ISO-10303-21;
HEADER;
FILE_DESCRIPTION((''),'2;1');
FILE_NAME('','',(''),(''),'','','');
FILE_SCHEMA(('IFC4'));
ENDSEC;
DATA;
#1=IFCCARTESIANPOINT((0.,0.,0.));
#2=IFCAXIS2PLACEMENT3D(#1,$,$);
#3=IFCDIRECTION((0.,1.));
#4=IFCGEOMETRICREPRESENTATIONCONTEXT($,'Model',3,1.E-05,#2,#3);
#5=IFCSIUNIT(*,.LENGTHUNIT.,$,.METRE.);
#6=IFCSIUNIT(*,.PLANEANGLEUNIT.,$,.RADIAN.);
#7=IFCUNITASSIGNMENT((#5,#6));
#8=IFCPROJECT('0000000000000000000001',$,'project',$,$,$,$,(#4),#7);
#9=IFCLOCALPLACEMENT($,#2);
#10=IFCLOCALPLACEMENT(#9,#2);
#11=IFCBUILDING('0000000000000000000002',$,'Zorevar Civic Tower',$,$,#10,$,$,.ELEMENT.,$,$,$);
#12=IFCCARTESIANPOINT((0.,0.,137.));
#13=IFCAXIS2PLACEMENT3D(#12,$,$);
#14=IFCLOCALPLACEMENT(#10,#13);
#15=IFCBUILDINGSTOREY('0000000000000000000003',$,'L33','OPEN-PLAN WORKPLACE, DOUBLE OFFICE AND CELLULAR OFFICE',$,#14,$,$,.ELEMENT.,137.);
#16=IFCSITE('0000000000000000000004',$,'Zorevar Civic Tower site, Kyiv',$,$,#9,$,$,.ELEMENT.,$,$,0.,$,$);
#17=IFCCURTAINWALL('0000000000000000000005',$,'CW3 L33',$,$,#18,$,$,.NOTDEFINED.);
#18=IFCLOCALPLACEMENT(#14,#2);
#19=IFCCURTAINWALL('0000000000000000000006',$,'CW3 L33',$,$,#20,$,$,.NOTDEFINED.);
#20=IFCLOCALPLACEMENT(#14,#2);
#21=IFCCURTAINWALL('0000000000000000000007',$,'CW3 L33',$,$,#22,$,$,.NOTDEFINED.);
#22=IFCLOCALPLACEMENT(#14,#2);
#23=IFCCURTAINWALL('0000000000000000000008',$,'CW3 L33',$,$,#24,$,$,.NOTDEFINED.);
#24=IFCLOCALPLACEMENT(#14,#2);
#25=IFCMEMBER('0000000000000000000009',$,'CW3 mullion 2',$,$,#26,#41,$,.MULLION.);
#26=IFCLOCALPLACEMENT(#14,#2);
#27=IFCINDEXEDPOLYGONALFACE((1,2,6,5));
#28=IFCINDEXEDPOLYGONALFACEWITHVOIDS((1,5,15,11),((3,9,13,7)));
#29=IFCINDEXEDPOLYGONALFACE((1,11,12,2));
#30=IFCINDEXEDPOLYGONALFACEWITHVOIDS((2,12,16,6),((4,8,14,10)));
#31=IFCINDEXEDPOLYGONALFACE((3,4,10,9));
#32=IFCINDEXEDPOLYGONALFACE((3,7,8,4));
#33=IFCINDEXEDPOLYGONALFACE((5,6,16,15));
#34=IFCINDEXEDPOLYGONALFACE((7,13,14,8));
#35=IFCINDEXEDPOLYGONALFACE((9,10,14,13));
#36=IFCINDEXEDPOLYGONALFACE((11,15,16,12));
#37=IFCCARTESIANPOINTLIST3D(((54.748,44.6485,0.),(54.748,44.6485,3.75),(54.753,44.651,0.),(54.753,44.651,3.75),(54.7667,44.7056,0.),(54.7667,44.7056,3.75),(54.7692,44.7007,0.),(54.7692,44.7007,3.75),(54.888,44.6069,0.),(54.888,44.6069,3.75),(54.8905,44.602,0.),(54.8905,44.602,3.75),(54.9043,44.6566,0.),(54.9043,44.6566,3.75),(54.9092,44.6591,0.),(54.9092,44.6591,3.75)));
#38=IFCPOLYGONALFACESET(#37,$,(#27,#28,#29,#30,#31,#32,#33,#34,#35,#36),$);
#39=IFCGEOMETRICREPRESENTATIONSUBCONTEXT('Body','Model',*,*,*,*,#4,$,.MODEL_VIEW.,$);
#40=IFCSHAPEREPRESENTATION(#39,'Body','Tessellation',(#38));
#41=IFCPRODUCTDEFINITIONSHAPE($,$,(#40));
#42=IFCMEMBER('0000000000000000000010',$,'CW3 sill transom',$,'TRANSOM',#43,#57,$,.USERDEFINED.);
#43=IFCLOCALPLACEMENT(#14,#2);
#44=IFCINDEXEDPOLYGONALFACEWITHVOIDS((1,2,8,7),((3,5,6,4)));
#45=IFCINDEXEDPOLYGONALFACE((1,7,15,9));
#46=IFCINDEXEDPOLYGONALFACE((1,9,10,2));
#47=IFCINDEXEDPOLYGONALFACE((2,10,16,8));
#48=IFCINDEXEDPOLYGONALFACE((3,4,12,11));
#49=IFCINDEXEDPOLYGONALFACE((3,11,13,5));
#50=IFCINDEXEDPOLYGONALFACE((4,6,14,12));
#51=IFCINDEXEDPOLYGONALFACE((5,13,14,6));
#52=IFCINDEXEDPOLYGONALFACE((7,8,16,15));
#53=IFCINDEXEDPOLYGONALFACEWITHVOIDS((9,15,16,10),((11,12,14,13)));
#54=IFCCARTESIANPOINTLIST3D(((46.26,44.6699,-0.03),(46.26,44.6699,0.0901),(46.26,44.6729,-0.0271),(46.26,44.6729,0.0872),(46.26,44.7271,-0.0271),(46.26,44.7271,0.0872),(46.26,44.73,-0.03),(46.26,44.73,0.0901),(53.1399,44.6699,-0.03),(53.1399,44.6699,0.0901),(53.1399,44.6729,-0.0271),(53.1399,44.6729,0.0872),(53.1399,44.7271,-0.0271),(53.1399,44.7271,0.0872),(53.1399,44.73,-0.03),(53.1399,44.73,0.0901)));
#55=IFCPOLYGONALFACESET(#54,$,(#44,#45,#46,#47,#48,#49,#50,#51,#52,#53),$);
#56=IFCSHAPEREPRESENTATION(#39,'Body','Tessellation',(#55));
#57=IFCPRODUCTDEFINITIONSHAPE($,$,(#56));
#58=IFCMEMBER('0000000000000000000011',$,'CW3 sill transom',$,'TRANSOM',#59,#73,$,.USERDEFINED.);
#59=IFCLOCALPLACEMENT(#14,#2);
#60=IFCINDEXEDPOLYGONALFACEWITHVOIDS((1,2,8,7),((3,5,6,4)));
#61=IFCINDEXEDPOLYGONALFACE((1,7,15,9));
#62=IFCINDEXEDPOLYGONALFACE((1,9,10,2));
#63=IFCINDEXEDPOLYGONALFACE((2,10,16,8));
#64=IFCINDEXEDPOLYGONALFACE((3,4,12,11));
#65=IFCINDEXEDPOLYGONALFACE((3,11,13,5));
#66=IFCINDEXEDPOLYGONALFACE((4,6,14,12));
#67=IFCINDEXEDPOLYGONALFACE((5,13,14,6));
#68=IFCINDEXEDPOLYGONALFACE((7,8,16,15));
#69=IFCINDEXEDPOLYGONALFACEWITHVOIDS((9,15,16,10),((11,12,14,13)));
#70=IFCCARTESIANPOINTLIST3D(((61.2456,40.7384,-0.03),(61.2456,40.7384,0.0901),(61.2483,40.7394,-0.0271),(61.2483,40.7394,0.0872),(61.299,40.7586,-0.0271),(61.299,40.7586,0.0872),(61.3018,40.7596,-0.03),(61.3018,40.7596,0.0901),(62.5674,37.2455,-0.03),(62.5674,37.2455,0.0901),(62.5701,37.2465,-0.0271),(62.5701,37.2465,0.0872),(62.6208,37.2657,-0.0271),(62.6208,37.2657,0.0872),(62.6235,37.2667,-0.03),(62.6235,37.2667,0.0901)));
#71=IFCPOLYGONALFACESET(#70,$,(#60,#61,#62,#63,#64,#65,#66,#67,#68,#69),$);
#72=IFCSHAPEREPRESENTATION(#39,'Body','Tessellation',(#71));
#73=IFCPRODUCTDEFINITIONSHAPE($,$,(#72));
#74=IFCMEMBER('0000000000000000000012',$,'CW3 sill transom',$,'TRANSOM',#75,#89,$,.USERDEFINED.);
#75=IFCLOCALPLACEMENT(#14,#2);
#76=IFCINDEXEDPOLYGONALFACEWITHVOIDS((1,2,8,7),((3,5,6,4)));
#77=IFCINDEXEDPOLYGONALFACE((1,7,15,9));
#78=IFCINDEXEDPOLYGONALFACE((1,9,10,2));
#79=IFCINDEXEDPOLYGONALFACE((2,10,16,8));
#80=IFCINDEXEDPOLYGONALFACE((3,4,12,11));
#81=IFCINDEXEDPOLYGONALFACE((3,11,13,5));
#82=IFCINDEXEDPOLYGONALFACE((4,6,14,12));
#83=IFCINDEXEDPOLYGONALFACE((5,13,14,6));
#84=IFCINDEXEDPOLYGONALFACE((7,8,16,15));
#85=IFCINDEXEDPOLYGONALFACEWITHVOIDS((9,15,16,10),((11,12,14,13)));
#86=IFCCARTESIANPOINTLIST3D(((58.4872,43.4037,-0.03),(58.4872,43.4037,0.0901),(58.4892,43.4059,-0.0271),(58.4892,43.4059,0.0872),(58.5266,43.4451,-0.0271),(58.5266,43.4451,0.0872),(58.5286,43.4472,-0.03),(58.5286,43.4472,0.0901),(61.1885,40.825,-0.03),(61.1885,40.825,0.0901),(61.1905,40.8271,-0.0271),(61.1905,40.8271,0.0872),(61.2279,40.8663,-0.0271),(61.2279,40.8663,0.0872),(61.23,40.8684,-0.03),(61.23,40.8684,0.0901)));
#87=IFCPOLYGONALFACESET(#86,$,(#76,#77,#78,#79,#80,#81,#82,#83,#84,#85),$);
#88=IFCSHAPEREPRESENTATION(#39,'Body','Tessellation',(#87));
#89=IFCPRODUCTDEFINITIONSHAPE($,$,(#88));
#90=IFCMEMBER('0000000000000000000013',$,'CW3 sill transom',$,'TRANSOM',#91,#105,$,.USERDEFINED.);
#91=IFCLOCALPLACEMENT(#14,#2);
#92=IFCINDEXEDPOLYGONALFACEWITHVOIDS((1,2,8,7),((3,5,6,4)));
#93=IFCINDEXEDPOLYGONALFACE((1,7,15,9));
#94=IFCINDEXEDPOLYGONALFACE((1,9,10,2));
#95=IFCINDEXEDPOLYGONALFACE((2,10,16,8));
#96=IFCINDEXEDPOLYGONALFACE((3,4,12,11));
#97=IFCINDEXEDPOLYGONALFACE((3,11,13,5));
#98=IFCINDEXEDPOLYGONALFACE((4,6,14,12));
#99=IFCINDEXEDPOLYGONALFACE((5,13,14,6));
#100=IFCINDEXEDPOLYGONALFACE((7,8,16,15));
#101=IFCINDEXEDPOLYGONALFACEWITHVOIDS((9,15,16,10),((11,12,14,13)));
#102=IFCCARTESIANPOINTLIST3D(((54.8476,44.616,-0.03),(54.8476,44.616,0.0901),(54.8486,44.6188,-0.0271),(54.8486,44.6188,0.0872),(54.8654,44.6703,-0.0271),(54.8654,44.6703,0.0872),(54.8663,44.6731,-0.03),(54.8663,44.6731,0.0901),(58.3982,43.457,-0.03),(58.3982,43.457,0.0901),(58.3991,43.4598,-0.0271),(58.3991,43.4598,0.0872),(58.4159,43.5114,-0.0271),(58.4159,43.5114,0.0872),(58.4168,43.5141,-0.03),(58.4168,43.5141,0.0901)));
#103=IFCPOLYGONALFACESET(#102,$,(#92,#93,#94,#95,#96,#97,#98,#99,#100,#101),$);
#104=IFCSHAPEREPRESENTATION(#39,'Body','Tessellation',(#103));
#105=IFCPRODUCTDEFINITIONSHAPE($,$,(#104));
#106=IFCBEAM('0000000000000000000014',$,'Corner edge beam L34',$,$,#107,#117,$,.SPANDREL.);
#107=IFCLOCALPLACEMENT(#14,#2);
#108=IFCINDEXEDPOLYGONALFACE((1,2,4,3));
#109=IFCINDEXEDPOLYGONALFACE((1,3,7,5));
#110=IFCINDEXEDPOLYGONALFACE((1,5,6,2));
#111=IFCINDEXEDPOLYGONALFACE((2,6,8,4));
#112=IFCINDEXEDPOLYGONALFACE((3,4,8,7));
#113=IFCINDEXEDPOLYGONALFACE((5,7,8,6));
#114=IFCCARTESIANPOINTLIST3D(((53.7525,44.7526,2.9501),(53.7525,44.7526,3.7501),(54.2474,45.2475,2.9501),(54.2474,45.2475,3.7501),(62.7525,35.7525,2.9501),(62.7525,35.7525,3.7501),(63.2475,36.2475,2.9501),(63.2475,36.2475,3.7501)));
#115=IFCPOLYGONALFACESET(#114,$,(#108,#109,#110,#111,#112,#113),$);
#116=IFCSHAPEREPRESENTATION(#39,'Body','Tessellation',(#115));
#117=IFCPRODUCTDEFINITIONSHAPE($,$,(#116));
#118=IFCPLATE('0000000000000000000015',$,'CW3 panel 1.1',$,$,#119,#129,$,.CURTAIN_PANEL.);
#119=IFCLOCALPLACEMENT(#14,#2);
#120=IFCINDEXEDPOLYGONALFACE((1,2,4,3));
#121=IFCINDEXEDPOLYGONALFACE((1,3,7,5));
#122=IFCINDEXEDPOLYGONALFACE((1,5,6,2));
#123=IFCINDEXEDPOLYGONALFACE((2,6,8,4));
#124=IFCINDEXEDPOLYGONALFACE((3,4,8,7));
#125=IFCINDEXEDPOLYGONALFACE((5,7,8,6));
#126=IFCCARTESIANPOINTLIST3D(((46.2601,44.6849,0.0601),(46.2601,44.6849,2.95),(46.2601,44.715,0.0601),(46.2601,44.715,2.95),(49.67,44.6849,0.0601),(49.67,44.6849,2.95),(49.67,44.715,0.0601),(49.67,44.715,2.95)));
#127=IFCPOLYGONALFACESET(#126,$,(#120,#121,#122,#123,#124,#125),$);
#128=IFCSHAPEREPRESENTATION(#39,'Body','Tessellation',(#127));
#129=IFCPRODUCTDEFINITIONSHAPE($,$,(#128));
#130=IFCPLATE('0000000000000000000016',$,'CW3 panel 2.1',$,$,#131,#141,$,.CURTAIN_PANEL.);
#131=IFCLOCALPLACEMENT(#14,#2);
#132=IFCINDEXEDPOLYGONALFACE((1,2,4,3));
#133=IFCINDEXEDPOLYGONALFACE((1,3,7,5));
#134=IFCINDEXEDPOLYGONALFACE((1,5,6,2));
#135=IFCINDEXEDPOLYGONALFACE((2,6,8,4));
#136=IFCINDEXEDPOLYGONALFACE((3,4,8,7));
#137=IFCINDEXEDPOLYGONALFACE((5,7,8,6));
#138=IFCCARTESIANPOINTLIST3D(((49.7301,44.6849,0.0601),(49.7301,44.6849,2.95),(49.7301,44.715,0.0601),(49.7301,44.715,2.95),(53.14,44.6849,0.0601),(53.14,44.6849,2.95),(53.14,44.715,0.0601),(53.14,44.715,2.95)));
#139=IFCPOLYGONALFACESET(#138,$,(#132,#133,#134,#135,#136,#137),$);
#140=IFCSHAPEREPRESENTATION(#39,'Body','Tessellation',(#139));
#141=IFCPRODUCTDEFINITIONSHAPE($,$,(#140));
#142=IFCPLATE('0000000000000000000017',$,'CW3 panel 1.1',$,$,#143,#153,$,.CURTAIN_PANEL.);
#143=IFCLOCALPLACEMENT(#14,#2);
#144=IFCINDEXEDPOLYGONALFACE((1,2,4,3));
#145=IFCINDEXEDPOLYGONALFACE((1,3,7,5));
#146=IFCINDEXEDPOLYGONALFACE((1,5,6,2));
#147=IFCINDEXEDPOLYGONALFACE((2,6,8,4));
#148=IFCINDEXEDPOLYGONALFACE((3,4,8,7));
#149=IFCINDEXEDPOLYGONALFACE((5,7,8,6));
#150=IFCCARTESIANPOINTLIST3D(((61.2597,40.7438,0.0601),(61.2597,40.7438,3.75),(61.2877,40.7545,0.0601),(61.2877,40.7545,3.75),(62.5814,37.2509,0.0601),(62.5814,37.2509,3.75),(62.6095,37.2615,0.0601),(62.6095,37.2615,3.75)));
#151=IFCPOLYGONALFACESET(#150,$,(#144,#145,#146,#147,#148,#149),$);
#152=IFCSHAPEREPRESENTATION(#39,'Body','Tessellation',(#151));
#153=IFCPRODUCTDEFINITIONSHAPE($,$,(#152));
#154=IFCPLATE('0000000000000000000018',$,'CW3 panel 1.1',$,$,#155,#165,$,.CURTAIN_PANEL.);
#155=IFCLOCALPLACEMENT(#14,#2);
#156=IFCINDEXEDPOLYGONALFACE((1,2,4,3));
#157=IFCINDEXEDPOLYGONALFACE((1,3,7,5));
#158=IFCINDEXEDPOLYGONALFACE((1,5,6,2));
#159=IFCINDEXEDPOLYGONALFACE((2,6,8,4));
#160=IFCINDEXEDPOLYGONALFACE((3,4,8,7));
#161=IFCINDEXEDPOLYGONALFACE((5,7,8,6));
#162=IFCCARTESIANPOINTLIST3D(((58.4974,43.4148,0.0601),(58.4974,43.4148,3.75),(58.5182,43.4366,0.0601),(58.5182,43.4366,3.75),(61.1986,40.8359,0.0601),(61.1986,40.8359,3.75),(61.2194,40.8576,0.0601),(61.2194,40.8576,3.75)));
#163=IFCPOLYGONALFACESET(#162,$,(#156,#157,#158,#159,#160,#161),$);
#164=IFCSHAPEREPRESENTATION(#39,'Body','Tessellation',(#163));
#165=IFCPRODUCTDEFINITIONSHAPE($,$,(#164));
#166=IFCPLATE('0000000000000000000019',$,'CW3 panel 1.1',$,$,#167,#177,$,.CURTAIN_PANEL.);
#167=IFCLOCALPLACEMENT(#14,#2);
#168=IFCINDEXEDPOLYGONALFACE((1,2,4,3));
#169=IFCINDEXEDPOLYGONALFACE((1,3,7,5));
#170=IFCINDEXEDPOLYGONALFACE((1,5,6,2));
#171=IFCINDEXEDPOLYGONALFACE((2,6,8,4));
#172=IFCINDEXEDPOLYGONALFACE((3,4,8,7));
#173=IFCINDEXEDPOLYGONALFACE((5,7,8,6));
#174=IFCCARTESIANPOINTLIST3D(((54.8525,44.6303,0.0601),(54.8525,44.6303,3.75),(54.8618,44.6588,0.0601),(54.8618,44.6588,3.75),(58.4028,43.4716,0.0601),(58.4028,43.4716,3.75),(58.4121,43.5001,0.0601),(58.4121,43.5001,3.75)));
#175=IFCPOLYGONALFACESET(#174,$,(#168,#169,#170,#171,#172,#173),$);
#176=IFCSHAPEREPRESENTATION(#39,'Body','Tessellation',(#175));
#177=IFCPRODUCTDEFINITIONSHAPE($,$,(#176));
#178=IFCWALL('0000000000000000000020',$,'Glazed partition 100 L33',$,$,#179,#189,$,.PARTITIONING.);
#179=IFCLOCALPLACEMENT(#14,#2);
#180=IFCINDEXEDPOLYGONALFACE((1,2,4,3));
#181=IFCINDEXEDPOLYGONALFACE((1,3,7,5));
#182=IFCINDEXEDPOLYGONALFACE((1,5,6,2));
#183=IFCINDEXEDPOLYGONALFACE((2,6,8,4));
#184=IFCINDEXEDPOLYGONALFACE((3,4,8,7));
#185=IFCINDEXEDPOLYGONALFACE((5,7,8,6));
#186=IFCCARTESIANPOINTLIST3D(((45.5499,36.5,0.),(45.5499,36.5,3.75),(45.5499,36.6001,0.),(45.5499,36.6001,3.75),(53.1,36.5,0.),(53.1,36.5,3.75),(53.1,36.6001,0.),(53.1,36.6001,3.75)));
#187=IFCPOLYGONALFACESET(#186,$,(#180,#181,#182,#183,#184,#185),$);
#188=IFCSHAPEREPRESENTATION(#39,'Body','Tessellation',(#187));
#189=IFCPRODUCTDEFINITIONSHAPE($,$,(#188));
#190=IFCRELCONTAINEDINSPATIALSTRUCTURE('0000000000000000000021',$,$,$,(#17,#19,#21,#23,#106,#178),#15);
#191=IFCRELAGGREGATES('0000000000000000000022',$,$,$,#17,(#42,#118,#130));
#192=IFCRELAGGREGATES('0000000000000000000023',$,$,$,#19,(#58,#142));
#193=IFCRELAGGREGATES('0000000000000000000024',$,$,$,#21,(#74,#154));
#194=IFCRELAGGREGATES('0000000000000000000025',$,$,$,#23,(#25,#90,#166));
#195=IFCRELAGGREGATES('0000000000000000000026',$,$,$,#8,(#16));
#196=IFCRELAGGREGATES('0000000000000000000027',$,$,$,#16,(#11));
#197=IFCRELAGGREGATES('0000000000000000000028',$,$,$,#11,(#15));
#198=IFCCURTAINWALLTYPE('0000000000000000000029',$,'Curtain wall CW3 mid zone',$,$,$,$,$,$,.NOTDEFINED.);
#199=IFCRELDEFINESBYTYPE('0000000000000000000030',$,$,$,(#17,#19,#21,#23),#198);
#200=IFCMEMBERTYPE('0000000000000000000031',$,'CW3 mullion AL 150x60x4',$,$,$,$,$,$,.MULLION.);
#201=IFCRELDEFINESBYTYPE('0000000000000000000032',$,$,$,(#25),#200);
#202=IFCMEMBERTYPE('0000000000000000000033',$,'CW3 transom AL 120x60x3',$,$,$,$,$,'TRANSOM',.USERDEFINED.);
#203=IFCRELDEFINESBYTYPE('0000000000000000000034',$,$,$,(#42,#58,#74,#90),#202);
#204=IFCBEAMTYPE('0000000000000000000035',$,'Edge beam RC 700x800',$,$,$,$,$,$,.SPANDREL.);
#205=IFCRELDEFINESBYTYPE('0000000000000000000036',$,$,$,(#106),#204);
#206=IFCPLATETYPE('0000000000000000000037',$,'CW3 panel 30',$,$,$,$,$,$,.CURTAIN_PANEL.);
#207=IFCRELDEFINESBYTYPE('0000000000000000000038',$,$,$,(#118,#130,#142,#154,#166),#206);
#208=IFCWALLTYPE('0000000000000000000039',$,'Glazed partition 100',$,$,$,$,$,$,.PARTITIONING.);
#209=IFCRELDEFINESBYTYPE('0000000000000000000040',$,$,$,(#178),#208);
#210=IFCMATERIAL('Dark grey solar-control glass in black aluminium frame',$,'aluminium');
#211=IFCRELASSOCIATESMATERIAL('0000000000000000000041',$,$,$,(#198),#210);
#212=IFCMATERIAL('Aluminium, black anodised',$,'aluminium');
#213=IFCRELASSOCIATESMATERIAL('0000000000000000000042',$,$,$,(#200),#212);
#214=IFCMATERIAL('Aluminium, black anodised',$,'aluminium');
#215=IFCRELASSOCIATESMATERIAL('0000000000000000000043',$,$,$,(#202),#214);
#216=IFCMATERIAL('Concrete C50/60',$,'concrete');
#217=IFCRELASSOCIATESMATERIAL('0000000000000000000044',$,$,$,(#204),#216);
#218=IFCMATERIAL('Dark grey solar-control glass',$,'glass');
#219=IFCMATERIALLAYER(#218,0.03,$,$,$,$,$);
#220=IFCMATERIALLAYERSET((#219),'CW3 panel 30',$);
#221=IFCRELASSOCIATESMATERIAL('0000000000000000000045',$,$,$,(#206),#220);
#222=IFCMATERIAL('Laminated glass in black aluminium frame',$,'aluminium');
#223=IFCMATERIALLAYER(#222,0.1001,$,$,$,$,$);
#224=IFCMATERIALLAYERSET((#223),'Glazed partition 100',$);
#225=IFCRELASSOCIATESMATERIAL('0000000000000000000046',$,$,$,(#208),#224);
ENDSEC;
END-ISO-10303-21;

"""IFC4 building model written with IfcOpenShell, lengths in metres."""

from ifc_helpers import new_model, si_unit, direction, frame, frame_2d, origin, origin_2d, place, context, subcontext, project, spatial, rectangle, hollow_rectangle, extrude, material, layer, layer_set, material_profile, profile_set, type_object, element, aggregate, save


model = new_model("IFC4")

# Units and contexts
model_context = context("Model", 3, precision=1e-05, world=origin(), true_north=direction((0.0, 1.0)))
body_context = subcontext(model_context, "Body", "Model", "MODEL_VIEW")
ifc_project = project(units=[si_unit("LENGTHUNIT", "METRE"), si_unit("PLANEANGLEUNIT", "RADIAN")], contexts=[model_context])

# Site, building, storey
site_placement = place(None, origin())
site = spatial("IfcSite", under=ifc_project, at=site_placement, Name="Zorevar Civic Tower site, Kyiv", CompositionType="ELEMENT", RefElevation=0.0)
building_placement = place(site_placement, origin())
building = spatial("IfcBuilding", under=site, at=building_placement, Name="Zorevar Civic Tower", CompositionType="ELEMENT")
storey_placement = place(building_placement, frame((0.0, 0.0, 137.0)))
storey = spatial("IfcBuildingStorey", under=building, at=storey_placement, Name="L33", Description="OPEN-PLAN WORKPLACE, DOUBLE OFFICE AND CELLULAR OFFICE", CompositionType="ELEMENT", Elevation=137.0)

# Curtain walls, member
ifc_material_1 = material(Name="Dark grey solar-control glass in black aluminium frame", Category="aluminium")
curtain_wall_type = type_object("IfcCurtainWallType", Name="Curtain wall CW3 mid zone", PredefinedType="NOTDEFINED", material=ifc_material_1)
curtain_wall_1_placement = place(storey_placement, origin())
curtain_wall_1 = element("IfcCurtainWall", 1, at=curtain_wall_1_placement, inside=storey, type_object=curtain_wall_type, Name="CW3 L33", PredefinedType="NOTDEFINED")
ifc_material_2 = material(Name="Aluminium, black anodised", Category="aluminium")
ifc_material_profile_1 = material_profile(ifc_material_2, hollow_rectangle(XDim=0.0601, YDim=0.1499, WallThickness=0.0039, at=origin_2d()), Name="AL 150x60x4")
ifc_profile_set_1 = profile_set([ifc_material_profile_1], Name="Aluminium, black anodised")
member_type_1 = type_object("IfcMemberType", Name="CW3 mullion AL 150x60x4", PredefinedType="MULLION", material=ifc_profile_set_1)
curtain_wall_2_placement = place(storey_placement, origin())
curtain_wall_2 = element("IfcCurtainWall", 2, at=curtain_wall_2_placement, inside=storey, type_object=curtain_wall_type, Name="CW3 L33", PredefinedType="NOTDEFINED")
curtain_wall_3_placement = place(storey_placement, origin())
curtain_wall_3 = element("IfcCurtainWall", 3, at=curtain_wall_3_placement, inside=storey, type_object=curtain_wall_type, Name="CW3 L33", PredefinedType="NOTDEFINED")
curtain_wall_4_placement = place(storey_placement, origin())
curtain_wall_4 = element("IfcCurtainWall", 4, at=curtain_wall_4_placement, inside=storey, type_object=curtain_wall_type, Name="CW3 L33", PredefinedType="NOTDEFINED")
member_1_placement = place(storey_placement, frame((54.8286, 44.6538, 0.0), z_axis=(0.0, 0.0, 1.0), x_axis=(-0.310263, -0.950651, 0.0)))
member_1 = element("IfcMember", 5, at=member_1_placement, type_object=member_type_1, Name="CW3 mullion 2", PredefinedType="MULLION", context=body_context, shape_type="SweptSolid", body=[
    extrude(hollow_rectangle(XDim=0.0601, YDim=0.1499, WallThickness=0.0039, at=origin_2d()), origin(), (0.0, 0.0, 1.0), 3.75),
])

# Members
ifc_material_3 = material(Name="Aluminium, black anodised", Category="aluminium")
ifc_material_profile_2 = material_profile(ifc_material_3, hollow_rectangle(XDim=0.0601, YDim=0.1201, WallThickness=0.0029, at=origin_2d()), Name="AL 120x60x3")
ifc_profile_set_2 = profile_set([ifc_material_profile_2], Name="Aluminium, black anodised")
member_type_2 = type_object("IfcMemberType", Name="CW3 transom AL 120x60x3", ElementType="TRANSOM", PredefinedType="USERDEFINED", material=ifc_profile_set_2)
member_2_placement = place(storey_placement, frame((46.26, 44.7, 0.03), z_axis=(1.0, 0.0, 0.0), x_axis=(0.0, 1.0, 0.0)))
member_2 = element("IfcMember", 6, at=member_2_placement, type_object=member_type_2, Name="CW3 sill transom", ObjectType="TRANSOM", PredefinedType="USERDEFINED", context=body_context, shape_type="SweptSolid", body=[
    extrude(hollow_rectangle(XDim=0.0601, YDim=0.1201, WallThickness=0.0029, at=origin_2d()), origin(), (0.0, 0.0, 1.0), 6.8799),
])
member_3_placement = place(storey_placement, frame((62.5955, 37.2561, 0.03), z_axis=(-0.353923, 0.935275, 0.0), x_axis=(-0.935275, -0.353923, 0.0)))
member_3 = element("IfcMember", 7, at=member_3_placement, type_object=member_type_2, Name="CW3 sill transom", ObjectType="TRANSOM", PredefinedType="USERDEFINED", context=body_context, shape_type="SweptSolid", body=[
    extrude(hollow_rectangle(XDim=0.0601, YDim=0.1201, WallThickness=0.0029, at=origin_2d()), origin(), (0.0, 0.0, 1.0), 3.7346),
])
member_4_placement = place(storey_placement, frame((61.2092, 40.8467, 0.03), z_axis=(-0.723324, 0.690508, 0.0), x_axis=(-0.690508, -0.723324, 0.0)))
member_4 = element("IfcMember", 8, at=member_4_placement, type_object=member_type_2, Name="CW3 sill transom", ObjectType="TRANSOM", PredefinedType="USERDEFINED", context=body_context, shape_type="SweptSolid", body=[
    extrude(hollow_rectangle(XDim=0.0601, YDim=0.1201, WallThickness=0.0029, at=origin_2d()), origin(), (0.0, 0.0, 1.0), 3.7346),
])
member_5_placement = place(storey_placement, frame((58.4075, 43.4856, 0.03), z_axis=(-0.950639, 0.310299, 0.0), x_axis=(-0.310299, -0.950639, 0.0)))
member_5 = element("IfcMember", 9, at=member_5_placement, type_object=member_type_2, Name="CW3 sill transom", ObjectType="TRANSOM", PredefinedType="USERDEFINED", context=body_context, shape_type="SweptSolid", body=[
    extrude(hollow_rectangle(XDim=0.0601, YDim=0.1201, WallThickness=0.0029, at=origin_2d()), origin(), (0.0, 0.0, 1.0), 3.7349),
])

# Beam
ifc_material_4 = material(Name="Concrete C50/60", Category="concrete")
ifc_material_profile_3 = material_profile(ifc_material_4, rectangle(XDim=0.7, YDim=0.8, at=origin_2d()), Name="RC 700x800")
ifc_profile_set_3 = profile_set([ifc_material_profile_3], Name="Concrete C50/60")
beam_type_1 = type_object("IfcBeamType", Name="Edge beam RC 700x800", PredefinedType="SPANDREL", material=ifc_profile_set_3)
beam_1_placement = place(storey_placement, frame((63.0, 36.0, 3.3501), z_axis=(-0.707107, 0.707107, 0.0), x_axis=(-0.707107, -0.707107, 0.0)))
element("IfcBeam", 10, at=beam_1_placement, inside=storey, type_object=beam_type_1, Name="Corner edge beam L34", PredefinedType="SPANDREL", context=body_context, shape_type="SweptSolid", body=[
    extrude(rectangle(XDim=0.7, YDim=0.8, at=origin_2d()), origin(), (0.0, 0.0, 1.0), 12.728),
])

# Plates
ifc_material_5 = material(Name="Dark grey solar-control glass", Category="glass")
ifc_layer_1 = layer(ifc_material_5, 0.03)
ifc_layer_set_1 = layer_set([ifc_layer_1], Name="CW3 panel 30")
plate_type = type_object("IfcPlateType", Name="CW3 panel 30", PredefinedType="CURTAIN_PANEL", material=ifc_layer_set_1)
plate_1_placement = place(storey_placement, frame((47.9651, 44.7, 0.0601), z_axis=(0.0, 0.0, 1.0), x_axis=(1.0, 0.0, 0.0)))
plate_1 = element("IfcPlate", 11, at=plate_1_placement, type_object=plate_type, Name="CW3 panel 1.1", PredefinedType="CURTAIN_PANEL", context=body_context, shape_type="SweptSolid", body=[
    extrude(rectangle(XDim=3.4099, YDim=0.03, at=origin_2d()), origin(), (0.0, 0.0, 1.0), 2.8899),
])
plate_2_placement = place(storey_placement, frame((51.4351, 44.7, 0.0601), z_axis=(0.0, 0.0, 1.0), x_axis=(1.0, 0.0, 0.0)))
plate_2 = element("IfcPlate", 12, at=plate_2_placement, type_object=plate_type, Name="CW3 panel 2.1", PredefinedType="CURTAIN_PANEL", context=body_context, shape_type="SweptSolid", body=[
    extrude(rectangle(XDim=3.4099, YDim=0.03, at=origin_2d()), origin(), (0.0, 0.0, 1.0), 2.8899),
])
aggregate(curtain_wall_1, [member_2, plate_1, plate_2])
plate_3_placement = place(storey_placement, frame((61.9346, 39.0027, 0.0601), z_axis=(0.0, 0.0, 1.0), x_axis=(-0.353918, 0.935277, 0.0)))
plate_3 = element("IfcPlate", 13, at=plate_3_placement, type_object=plate_type, Name="CW3 panel 1.1", PredefinedType="CURTAIN_PANEL", context=body_context, shape_type="SweptSolid", body=[
    extrude(rectangle(XDim=3.7346, YDim=0.03, at=origin_2d()), origin(), (0.0, 0.0, 1.0), 3.6899),
])
aggregate(curtain_wall_2, [member_3, plate_3])
plate_4_placement = place(storey_placement, frame((59.8584, 42.1362, 0.0601), z_axis=(0.0, 0.0, 1.0), x_axis=(-0.723289, 0.690545, 0.0)))
plate_4 = element("IfcPlate", 14, at=plate_4_placement, type_object=plate_type, Name="CW3 panel 1.1", PredefinedType="CURTAIN_PANEL", context=body_context, shape_type="SweptSolid", body=[
    extrude(rectangle(XDim=3.7346, YDim=0.03, at=origin_2d()), origin(), (0.0, 0.0, 1.0), 3.6899),
])
aggregate(curtain_wall_3, [member_4, plate_4])
plate_5_placement = place(storey_placement, frame((56.6323, 44.0652, 0.0601), z_axis=(0.0, 0.0, 1.0), x_axis=(-0.950651, 0.310263, 0.0)))
plate_5 = element("IfcPlate", 15, at=plate_5_placement, type_object=plate_type, Name="CW3 panel 1.1", PredefinedType="CURTAIN_PANEL", context=body_context, shape_type="SweptSolid", body=[
    extrude(rectangle(XDim=3.7346, YDim=0.03, at=origin_2d()), origin(), (0.0, 0.0, 1.0), 3.6899),
])
aggregate(curtain_wall_4, [member_1, member_5, plate_5])

# Wall
ifc_material_6 = material(Name="Laminated glass in black aluminium frame", Category="aluminium")
ifc_layer_2 = layer(ifc_material_6, 0.1001)
ifc_layer_set_2 = layer_set([ifc_layer_2], Name="Glazed partition 100")
wall_type_1 = type_object("IfcWallType", Name="Glazed partition 100", PredefinedType="PARTITIONING", material=ifc_layer_set_2)
wall_1_placement = place(storey_placement, frame((45.55, 36.55, 0.0), z_axis=(0.0, 0.0, 1.0), x_axis=(1.0, 0.0, 0.0)))
element("IfcWall", 16, at=wall_1_placement, inside=storey, type_object=wall_type_1, Name="Glazed partition 100 L33", PredefinedType="PARTITIONING", context=body_context, shape_type="SweptSolid", body=[
    extrude(rectangle(XDim=7.55, YDim=0.1001, at=frame_2d((3.7749, 0.0))), origin(), (0.0, 0.0, 1.0), 3.75),
])

save(model, "model.ifc")
